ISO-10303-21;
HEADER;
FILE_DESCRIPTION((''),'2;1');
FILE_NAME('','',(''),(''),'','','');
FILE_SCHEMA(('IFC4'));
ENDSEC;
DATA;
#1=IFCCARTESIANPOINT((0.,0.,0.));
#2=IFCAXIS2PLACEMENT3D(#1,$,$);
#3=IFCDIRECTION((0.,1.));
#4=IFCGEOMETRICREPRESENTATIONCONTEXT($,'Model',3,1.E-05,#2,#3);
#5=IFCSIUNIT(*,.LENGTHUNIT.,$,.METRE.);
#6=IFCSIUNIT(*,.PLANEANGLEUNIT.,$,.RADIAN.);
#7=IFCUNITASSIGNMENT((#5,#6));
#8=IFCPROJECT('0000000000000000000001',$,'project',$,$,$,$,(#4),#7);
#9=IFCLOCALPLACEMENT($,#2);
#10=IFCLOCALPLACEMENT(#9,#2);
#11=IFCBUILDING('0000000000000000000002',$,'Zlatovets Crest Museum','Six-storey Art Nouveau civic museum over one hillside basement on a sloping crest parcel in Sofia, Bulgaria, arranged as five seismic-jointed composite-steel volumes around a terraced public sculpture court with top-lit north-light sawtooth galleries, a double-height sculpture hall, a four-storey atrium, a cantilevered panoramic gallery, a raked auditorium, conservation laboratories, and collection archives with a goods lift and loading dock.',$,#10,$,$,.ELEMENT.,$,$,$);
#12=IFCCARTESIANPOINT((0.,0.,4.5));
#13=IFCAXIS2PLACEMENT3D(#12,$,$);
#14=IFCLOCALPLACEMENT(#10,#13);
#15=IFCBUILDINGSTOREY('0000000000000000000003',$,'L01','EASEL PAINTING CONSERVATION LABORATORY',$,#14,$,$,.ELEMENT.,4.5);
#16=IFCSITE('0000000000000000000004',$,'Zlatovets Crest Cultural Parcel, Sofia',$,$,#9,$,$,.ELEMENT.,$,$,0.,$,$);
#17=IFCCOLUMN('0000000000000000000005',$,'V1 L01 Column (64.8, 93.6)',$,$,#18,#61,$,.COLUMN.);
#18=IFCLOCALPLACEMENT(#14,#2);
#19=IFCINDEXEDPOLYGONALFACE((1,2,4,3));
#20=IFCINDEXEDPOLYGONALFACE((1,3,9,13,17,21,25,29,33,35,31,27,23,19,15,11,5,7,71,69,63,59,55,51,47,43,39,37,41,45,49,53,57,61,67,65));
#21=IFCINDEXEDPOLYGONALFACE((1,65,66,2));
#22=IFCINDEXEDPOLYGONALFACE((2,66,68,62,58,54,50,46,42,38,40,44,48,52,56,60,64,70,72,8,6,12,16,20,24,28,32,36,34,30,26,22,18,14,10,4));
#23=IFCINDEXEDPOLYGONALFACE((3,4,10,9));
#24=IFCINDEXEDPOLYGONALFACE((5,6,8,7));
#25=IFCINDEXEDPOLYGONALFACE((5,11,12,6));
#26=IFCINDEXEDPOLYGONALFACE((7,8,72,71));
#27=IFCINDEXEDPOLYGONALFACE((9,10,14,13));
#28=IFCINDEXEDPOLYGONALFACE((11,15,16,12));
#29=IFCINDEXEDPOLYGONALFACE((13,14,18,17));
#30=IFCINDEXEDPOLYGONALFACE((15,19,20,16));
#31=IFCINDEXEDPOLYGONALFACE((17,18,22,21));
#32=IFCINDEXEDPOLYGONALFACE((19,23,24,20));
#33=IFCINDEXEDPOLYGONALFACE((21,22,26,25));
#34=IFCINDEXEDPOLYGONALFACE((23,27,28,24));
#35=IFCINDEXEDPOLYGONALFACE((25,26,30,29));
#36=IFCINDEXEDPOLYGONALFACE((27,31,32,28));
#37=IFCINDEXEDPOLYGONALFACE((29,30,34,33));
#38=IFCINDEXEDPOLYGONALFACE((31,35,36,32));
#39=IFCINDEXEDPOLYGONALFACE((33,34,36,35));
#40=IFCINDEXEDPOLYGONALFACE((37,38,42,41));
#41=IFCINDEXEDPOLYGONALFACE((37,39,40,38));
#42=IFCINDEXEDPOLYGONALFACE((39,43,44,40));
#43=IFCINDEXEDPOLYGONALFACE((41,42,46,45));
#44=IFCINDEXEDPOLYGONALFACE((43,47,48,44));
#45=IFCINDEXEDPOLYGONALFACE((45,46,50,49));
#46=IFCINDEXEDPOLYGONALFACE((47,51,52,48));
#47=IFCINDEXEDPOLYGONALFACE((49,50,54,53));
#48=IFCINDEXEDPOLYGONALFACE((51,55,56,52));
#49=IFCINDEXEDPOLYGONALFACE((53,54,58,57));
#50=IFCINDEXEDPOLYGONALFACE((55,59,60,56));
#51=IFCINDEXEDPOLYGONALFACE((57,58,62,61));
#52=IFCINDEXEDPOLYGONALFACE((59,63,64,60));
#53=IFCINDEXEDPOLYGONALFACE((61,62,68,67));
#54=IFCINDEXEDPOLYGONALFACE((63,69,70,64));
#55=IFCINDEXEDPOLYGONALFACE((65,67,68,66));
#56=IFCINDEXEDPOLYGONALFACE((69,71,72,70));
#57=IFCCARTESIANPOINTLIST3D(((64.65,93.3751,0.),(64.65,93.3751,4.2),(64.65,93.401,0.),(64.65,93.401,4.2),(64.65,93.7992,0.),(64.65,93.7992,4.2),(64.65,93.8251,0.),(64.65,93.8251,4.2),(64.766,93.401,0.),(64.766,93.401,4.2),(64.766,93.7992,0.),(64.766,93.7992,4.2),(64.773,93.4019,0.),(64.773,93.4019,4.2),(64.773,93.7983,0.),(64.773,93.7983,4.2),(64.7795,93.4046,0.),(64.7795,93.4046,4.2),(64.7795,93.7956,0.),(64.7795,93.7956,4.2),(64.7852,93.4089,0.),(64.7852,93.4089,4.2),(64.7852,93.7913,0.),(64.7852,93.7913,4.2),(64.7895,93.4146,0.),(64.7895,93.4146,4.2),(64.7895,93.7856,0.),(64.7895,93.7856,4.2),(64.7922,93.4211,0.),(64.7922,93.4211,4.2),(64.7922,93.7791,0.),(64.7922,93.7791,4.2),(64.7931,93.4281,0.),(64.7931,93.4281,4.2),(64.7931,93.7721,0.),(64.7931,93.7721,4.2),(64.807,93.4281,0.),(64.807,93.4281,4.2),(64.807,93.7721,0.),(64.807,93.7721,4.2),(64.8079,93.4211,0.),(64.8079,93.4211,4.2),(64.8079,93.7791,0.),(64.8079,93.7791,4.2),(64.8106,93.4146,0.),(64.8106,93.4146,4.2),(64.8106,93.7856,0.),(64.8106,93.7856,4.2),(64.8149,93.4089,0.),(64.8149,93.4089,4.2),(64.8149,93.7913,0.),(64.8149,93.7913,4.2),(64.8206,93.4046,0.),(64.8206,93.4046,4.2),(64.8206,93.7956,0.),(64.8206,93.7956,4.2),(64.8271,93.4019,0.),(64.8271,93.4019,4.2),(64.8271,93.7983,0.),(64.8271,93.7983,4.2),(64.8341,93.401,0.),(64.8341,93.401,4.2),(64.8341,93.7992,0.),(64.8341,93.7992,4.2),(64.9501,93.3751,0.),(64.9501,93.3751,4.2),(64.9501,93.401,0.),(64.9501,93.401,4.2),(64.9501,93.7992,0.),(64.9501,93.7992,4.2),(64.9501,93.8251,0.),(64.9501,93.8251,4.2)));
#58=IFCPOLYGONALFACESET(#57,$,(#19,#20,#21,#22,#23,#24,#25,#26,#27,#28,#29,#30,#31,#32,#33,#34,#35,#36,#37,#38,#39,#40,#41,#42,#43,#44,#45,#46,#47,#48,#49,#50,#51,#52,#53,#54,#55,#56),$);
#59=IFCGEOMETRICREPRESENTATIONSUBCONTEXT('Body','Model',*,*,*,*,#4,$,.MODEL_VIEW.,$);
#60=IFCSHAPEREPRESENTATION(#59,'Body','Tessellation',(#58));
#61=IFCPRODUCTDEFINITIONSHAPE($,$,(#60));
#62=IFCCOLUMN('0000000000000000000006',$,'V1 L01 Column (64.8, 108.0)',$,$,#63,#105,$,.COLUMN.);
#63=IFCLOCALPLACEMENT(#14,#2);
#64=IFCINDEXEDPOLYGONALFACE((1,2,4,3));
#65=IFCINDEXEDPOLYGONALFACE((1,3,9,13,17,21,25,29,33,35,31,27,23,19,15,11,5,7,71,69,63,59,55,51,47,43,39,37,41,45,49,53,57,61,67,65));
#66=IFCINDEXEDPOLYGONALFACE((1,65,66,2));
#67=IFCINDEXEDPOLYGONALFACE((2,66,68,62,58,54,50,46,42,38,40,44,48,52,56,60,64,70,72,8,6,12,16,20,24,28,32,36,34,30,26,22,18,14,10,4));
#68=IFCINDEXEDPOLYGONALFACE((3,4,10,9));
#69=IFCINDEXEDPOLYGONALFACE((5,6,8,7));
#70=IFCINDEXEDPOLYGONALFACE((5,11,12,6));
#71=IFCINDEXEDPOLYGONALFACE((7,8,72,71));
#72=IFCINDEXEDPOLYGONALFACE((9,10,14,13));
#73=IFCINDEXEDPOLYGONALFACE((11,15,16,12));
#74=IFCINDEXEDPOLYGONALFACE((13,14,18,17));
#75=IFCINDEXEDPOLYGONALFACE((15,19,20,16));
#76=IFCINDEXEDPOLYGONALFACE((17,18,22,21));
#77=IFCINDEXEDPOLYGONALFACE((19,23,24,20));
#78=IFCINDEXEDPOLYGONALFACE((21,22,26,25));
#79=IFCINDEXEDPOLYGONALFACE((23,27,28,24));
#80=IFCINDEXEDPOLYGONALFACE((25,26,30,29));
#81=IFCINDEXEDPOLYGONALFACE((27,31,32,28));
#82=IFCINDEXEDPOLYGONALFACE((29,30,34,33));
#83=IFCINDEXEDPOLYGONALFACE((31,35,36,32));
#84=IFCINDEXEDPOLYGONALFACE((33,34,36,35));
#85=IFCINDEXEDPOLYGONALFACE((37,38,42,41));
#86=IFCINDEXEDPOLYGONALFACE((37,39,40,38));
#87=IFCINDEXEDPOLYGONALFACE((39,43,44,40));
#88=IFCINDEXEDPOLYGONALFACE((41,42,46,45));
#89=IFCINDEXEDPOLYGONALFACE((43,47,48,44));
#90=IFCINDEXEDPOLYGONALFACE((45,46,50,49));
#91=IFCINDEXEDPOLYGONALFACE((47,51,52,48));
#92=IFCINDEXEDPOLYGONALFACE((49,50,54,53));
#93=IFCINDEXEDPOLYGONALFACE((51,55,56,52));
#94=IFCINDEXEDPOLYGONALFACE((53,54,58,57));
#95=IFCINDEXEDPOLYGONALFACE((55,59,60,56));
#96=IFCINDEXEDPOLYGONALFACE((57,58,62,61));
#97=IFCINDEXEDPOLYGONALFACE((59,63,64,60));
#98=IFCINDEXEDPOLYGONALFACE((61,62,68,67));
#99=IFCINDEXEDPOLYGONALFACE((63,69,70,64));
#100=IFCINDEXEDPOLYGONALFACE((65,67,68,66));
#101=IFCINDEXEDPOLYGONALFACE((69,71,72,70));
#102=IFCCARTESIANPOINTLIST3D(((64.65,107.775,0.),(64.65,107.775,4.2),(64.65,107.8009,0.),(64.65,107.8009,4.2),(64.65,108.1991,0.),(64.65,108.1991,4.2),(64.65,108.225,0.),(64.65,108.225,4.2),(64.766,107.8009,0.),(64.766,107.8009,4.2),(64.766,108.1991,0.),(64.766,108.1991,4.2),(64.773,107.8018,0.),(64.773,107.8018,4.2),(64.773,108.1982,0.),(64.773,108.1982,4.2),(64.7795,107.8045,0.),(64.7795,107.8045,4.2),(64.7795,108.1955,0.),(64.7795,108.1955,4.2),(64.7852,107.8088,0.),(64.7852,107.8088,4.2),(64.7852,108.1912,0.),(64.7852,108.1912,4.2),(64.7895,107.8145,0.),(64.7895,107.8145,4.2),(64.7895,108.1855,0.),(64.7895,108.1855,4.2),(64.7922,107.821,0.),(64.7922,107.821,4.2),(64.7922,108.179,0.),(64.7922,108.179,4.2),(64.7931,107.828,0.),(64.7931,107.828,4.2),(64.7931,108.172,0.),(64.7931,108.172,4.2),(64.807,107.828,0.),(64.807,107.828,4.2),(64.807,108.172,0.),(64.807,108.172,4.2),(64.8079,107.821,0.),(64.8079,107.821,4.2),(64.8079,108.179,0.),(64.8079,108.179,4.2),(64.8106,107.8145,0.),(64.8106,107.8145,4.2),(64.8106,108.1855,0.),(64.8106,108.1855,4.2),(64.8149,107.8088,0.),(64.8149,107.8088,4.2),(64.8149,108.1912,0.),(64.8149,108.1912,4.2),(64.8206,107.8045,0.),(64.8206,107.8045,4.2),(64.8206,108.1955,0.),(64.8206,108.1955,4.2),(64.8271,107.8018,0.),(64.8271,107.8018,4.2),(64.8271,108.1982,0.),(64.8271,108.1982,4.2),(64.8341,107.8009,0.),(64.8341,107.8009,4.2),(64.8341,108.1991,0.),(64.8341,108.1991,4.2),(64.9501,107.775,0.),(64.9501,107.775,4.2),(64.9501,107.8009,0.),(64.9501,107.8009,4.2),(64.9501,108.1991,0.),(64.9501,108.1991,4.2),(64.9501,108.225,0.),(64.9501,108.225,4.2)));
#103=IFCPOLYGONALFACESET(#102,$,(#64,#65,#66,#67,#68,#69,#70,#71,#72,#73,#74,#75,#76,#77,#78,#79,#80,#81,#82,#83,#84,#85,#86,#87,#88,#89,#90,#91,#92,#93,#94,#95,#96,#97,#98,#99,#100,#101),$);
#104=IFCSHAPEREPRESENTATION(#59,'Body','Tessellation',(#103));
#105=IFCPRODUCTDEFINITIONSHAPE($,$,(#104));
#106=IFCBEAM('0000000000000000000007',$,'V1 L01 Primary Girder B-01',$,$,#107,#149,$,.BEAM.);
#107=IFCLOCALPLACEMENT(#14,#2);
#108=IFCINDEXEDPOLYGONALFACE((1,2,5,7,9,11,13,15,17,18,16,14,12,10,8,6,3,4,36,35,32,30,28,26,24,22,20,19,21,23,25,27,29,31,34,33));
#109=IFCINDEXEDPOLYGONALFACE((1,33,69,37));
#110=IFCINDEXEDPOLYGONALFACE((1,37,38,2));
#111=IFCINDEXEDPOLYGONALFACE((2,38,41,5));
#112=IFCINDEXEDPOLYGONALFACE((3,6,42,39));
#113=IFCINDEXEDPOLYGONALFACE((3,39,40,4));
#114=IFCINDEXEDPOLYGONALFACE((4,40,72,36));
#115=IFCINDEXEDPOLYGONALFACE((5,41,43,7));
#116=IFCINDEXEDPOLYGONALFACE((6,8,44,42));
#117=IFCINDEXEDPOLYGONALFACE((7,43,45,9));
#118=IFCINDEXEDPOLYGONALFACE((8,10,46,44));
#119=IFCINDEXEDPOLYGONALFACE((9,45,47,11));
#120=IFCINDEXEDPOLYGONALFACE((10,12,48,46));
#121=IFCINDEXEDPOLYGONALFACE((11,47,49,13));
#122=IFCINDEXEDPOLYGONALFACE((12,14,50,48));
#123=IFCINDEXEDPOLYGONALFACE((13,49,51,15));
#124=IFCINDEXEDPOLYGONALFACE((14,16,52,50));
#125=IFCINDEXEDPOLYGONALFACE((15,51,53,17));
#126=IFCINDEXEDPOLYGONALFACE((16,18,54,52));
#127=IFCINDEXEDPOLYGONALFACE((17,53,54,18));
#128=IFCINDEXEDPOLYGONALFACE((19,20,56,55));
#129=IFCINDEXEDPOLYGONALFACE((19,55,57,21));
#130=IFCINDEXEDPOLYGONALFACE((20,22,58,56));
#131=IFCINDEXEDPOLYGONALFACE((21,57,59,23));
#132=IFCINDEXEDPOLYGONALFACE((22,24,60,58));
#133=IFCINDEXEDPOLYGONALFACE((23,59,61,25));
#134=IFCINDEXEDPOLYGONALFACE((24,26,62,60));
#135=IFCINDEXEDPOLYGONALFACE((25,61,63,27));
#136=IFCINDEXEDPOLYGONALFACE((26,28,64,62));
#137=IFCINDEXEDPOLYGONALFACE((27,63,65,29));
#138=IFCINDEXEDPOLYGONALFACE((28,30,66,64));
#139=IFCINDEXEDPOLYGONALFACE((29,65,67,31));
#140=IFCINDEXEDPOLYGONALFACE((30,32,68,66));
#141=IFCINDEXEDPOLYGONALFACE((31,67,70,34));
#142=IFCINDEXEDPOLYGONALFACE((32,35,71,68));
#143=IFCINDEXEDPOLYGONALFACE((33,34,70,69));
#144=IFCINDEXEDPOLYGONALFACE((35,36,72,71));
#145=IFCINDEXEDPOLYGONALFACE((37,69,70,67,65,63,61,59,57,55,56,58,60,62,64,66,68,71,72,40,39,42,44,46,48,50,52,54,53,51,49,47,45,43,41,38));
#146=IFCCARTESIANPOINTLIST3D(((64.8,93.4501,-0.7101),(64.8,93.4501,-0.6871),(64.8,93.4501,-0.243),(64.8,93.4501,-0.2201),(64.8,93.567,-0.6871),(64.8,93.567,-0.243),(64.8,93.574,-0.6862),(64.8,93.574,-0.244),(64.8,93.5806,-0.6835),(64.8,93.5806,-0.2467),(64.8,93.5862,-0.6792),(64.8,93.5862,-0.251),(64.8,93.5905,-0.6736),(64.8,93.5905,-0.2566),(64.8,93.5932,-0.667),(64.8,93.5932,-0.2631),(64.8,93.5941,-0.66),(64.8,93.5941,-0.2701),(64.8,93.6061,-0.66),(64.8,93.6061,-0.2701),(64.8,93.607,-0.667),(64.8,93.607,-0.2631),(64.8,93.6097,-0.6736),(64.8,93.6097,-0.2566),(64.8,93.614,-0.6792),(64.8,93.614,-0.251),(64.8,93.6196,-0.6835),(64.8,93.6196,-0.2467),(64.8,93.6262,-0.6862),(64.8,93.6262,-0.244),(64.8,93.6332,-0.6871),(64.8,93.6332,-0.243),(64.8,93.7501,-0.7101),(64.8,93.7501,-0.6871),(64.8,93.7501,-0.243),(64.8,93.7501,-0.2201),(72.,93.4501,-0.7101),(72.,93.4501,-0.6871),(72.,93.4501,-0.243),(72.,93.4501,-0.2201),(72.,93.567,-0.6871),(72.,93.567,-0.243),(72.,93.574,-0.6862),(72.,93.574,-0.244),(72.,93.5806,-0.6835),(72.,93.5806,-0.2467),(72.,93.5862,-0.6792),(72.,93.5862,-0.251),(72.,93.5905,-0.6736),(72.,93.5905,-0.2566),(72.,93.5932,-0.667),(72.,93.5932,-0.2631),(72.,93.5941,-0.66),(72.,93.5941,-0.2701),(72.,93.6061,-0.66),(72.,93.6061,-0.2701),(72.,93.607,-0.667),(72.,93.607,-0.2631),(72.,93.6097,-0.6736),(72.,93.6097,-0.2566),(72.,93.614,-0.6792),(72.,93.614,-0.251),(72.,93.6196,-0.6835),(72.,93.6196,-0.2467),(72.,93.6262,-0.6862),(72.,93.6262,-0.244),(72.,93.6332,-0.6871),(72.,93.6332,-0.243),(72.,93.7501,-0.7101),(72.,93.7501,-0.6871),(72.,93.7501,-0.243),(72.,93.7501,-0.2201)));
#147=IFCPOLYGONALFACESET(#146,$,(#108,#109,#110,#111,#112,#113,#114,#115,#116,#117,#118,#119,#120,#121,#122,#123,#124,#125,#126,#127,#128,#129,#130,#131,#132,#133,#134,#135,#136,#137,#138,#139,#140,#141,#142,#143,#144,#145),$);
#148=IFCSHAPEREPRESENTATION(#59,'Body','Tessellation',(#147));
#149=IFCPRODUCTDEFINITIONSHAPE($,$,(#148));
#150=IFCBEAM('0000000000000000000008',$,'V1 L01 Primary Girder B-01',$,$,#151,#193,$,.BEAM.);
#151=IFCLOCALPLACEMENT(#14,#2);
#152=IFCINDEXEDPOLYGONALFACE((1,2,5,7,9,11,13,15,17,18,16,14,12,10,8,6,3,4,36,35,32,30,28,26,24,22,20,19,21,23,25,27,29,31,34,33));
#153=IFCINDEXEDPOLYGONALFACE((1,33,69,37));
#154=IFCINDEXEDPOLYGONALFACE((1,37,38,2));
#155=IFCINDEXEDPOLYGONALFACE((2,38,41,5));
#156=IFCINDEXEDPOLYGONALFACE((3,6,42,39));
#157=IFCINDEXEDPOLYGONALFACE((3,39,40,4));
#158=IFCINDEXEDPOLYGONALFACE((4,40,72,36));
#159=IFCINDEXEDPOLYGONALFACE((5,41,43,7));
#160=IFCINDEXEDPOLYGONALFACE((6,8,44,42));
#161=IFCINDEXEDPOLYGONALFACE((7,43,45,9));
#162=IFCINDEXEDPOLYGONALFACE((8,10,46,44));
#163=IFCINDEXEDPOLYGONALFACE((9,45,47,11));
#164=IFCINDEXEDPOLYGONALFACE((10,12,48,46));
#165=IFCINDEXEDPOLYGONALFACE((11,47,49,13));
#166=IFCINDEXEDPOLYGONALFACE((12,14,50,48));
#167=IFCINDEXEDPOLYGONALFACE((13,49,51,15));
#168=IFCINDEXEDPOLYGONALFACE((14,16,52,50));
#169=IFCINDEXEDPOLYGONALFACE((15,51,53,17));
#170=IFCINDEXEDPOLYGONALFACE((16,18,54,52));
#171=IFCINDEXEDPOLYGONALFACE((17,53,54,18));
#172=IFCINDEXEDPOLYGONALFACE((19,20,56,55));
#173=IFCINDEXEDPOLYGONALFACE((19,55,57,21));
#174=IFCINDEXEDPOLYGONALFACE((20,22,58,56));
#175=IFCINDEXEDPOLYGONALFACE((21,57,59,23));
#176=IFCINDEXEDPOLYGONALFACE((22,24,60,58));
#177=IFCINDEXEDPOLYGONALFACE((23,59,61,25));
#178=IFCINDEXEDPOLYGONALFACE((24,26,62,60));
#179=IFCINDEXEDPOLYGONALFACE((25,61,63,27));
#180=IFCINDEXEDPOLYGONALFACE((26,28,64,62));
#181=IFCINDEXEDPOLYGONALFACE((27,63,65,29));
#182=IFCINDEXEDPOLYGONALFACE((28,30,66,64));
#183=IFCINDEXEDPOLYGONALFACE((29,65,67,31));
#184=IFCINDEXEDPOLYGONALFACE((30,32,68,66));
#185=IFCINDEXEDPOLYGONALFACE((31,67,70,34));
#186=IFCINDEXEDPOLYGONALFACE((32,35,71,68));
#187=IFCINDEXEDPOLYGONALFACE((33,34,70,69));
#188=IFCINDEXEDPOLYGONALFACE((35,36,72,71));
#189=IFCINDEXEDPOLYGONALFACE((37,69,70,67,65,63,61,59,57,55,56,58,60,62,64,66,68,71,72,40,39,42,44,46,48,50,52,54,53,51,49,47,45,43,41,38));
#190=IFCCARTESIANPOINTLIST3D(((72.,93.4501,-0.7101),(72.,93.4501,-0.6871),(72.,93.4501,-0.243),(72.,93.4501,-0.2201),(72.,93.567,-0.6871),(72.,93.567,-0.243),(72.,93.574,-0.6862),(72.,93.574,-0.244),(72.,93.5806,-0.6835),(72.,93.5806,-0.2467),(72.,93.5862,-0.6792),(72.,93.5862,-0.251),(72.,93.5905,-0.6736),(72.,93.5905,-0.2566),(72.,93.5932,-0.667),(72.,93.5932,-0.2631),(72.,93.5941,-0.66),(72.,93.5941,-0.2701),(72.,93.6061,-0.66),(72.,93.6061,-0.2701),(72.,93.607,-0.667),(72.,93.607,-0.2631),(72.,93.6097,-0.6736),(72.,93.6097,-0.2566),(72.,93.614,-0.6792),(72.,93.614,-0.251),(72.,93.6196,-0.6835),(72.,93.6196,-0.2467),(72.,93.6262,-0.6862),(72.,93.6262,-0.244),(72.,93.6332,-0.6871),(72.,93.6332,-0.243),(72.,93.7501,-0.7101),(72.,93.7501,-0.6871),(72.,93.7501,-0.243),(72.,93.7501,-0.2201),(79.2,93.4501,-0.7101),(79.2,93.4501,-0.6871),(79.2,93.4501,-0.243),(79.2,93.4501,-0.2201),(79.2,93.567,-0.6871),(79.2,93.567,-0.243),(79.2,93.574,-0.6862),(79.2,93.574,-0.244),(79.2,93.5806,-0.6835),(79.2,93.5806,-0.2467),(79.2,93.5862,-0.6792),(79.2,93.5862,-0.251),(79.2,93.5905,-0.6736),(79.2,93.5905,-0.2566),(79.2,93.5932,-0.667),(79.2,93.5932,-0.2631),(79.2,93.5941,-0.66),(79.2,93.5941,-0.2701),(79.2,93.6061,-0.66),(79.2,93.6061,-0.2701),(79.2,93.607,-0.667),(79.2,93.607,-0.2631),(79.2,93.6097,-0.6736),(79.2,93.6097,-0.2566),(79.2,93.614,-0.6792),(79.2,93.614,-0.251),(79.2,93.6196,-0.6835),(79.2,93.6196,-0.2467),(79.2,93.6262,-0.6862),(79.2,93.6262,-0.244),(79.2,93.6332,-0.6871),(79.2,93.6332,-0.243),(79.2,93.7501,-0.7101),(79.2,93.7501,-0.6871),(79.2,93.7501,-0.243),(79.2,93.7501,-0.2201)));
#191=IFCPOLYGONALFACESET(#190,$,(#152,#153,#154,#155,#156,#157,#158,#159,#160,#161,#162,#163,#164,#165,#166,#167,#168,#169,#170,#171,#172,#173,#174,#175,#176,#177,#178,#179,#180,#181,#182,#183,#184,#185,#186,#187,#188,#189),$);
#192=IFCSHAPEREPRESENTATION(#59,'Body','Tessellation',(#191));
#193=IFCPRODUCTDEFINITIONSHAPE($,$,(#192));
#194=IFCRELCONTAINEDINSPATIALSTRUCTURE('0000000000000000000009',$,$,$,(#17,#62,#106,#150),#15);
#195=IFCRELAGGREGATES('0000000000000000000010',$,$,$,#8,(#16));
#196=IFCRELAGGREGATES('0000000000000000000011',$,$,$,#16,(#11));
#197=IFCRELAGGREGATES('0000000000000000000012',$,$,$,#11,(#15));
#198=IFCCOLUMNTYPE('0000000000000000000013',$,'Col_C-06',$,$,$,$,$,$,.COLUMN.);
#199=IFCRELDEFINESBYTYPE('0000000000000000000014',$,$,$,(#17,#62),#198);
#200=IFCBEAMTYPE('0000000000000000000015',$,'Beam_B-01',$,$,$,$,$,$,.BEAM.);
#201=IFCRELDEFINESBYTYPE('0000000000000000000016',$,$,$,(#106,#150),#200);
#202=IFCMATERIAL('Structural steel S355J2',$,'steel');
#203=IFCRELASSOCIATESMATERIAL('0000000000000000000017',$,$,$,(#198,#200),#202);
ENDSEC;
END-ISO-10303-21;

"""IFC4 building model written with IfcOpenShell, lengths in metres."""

from ifc_helpers import new_model, si_unit, direction, frame, origin, origin_2d, place, context, subcontext, project, spatial, i_section, extrude, material, material_profile, profile_set, type_object, element, save


model = new_model("IFC4")

# Units and contexts
model_context = context("Model", 3, precision=1e-05, world=origin(), true_north=direction((0.0, 1.0)))
body_context = subcontext(model_context, "Body", "Model", "MODEL_VIEW")
ifc_project = project(units=[si_unit("LENGTHUNIT", "METRE"), si_unit("PLANEANGLEUNIT", "RADIAN")], contexts=[model_context])

# Site, building, storey
site_placement = place(None, origin())
site = spatial("IfcSite", under=ifc_project, at=site_placement, Name="Zlatovets Crest Cultural Parcel, Sofia", CompositionType="ELEMENT", RefElevation=0.0)
building_placement = place(site_placement, origin())
building = spatial("IfcBuilding", under=site, at=building_placement, Name="Zlatovets Crest Museum", Description="Six-storey Art Nouveau civic museum over one hillside basement on a sloping crest parcel in Sofia, Bulgaria, arranged as five seismic-jointed composite-steel volumes around a terraced public sculpture court with top-lit north-light sawtooth galleries, a double-height sculpture hall, a four-storey atrium, a cantilevered panoramic gallery, a raked auditorium, conservation laboratories, and collection archives with a goods lift and loading dock.", CompositionType="ELEMENT")
storey_placement = place(building_placement, frame((0.0, 0.0, 4.5)))
storey = spatial("IfcBuildingStorey", under=building, at=storey_placement, Name="L01", Description="EASEL PAINTING CONSERVATION LABORATORY", CompositionType="ELEMENT", Elevation=4.5)

# Columns
ifc_material_1 = material(Name="Structural steel S355J2", Category="steel")
ifc_material_profile_1 = material_profile(ifc_material_1, i_section(OverallWidth=0.3, OverallDepth=0.45, WebThickness=0.0139, FlangeThickness=0.0259, FilletRadius=0.0271, at=origin_2d()), Name="HEB 450")
ifc_profile_set_1 = profile_set([ifc_material_profile_1], Name="Structural steel S355J2")
column_type = type_object("IfcColumnType", Name="Col_C-06", PredefinedType="COLUMN", material=ifc_profile_set_1)
for number, where, z_axis, x_axis, name in (
    (1, (64.8, 93.6001, 0.0), (0.0, 0.0, 1.0), (1.0, 0.0, 0.0), "V1 L01 Column (64.8, 93.6)"),
    (2, (64.8, 108.0, 0.0), (0.0, 0.0, 1.0), (1.0, 0.0, 0.0), "V1 L01 Column (64.8, 108.0)"),
):
    element("IfcColumn", number, at=place(storey_placement, frame(where, z_axis=z_axis, x_axis=x_axis)), inside=storey, type_object=column_type, Name=name, PredefinedType="COLUMN", context=body_context, shape_type="SweptSolid", body=[
        extrude(i_section(OverallWidth=0.3, OverallDepth=0.45, WebThickness=0.0139, FlangeThickness=0.0259, FilletRadius=0.0271, at=origin_2d()), origin(), (0.0, 0.0, 1.0), 4.2),
    ])

# Beams
ifc_material_profile_2 = material_profile(ifc_material_1, i_section(OverallWidth=0.3, OverallDepth=0.49, WebThickness=0.012, FlangeThickness=0.0229, FilletRadius=0.0271, at=origin_2d()), Name="HEA 500")
ifc_profile_set_2 = profile_set([ifc_material_profile_2], Name="Structural steel S355J2")
beam_type_1 = type_object("IfcBeamType", Name="Beam_B-01", PredefinedType="BEAM", material=ifc_profile_set_2)
for number, where, z_axis, x_axis, name in (
    (3, (64.8, 93.6001, -0.4651), (1.0, 0.0, 0.0), (0.0, 1.0, 0.0), "V1 L01 Primary Girder B-01"),
    (4, (72.0, 93.6001, -0.4651), (1.0, 0.0, 0.0), (0.0, 1.0, 0.0), "V1 L01 Primary Girder B-01"),
):
    element("IfcBeam", number, at=place(storey_placement, frame(where, z_axis=z_axis, x_axis=x_axis)), inside=storey, type_object=beam_type_1, Name=name, PredefinedType="BEAM", context=body_context, shape_type="SweptSolid", body=[
        extrude(i_section(OverallWidth=0.3, OverallDepth=0.49, WebThickness=0.012, FlangeThickness=0.0229, FilletRadius=0.0271, at=origin_2d()), origin(), (0.0, 0.0, 1.0), 7.2),
    ])

save(model, "model.ifc")
